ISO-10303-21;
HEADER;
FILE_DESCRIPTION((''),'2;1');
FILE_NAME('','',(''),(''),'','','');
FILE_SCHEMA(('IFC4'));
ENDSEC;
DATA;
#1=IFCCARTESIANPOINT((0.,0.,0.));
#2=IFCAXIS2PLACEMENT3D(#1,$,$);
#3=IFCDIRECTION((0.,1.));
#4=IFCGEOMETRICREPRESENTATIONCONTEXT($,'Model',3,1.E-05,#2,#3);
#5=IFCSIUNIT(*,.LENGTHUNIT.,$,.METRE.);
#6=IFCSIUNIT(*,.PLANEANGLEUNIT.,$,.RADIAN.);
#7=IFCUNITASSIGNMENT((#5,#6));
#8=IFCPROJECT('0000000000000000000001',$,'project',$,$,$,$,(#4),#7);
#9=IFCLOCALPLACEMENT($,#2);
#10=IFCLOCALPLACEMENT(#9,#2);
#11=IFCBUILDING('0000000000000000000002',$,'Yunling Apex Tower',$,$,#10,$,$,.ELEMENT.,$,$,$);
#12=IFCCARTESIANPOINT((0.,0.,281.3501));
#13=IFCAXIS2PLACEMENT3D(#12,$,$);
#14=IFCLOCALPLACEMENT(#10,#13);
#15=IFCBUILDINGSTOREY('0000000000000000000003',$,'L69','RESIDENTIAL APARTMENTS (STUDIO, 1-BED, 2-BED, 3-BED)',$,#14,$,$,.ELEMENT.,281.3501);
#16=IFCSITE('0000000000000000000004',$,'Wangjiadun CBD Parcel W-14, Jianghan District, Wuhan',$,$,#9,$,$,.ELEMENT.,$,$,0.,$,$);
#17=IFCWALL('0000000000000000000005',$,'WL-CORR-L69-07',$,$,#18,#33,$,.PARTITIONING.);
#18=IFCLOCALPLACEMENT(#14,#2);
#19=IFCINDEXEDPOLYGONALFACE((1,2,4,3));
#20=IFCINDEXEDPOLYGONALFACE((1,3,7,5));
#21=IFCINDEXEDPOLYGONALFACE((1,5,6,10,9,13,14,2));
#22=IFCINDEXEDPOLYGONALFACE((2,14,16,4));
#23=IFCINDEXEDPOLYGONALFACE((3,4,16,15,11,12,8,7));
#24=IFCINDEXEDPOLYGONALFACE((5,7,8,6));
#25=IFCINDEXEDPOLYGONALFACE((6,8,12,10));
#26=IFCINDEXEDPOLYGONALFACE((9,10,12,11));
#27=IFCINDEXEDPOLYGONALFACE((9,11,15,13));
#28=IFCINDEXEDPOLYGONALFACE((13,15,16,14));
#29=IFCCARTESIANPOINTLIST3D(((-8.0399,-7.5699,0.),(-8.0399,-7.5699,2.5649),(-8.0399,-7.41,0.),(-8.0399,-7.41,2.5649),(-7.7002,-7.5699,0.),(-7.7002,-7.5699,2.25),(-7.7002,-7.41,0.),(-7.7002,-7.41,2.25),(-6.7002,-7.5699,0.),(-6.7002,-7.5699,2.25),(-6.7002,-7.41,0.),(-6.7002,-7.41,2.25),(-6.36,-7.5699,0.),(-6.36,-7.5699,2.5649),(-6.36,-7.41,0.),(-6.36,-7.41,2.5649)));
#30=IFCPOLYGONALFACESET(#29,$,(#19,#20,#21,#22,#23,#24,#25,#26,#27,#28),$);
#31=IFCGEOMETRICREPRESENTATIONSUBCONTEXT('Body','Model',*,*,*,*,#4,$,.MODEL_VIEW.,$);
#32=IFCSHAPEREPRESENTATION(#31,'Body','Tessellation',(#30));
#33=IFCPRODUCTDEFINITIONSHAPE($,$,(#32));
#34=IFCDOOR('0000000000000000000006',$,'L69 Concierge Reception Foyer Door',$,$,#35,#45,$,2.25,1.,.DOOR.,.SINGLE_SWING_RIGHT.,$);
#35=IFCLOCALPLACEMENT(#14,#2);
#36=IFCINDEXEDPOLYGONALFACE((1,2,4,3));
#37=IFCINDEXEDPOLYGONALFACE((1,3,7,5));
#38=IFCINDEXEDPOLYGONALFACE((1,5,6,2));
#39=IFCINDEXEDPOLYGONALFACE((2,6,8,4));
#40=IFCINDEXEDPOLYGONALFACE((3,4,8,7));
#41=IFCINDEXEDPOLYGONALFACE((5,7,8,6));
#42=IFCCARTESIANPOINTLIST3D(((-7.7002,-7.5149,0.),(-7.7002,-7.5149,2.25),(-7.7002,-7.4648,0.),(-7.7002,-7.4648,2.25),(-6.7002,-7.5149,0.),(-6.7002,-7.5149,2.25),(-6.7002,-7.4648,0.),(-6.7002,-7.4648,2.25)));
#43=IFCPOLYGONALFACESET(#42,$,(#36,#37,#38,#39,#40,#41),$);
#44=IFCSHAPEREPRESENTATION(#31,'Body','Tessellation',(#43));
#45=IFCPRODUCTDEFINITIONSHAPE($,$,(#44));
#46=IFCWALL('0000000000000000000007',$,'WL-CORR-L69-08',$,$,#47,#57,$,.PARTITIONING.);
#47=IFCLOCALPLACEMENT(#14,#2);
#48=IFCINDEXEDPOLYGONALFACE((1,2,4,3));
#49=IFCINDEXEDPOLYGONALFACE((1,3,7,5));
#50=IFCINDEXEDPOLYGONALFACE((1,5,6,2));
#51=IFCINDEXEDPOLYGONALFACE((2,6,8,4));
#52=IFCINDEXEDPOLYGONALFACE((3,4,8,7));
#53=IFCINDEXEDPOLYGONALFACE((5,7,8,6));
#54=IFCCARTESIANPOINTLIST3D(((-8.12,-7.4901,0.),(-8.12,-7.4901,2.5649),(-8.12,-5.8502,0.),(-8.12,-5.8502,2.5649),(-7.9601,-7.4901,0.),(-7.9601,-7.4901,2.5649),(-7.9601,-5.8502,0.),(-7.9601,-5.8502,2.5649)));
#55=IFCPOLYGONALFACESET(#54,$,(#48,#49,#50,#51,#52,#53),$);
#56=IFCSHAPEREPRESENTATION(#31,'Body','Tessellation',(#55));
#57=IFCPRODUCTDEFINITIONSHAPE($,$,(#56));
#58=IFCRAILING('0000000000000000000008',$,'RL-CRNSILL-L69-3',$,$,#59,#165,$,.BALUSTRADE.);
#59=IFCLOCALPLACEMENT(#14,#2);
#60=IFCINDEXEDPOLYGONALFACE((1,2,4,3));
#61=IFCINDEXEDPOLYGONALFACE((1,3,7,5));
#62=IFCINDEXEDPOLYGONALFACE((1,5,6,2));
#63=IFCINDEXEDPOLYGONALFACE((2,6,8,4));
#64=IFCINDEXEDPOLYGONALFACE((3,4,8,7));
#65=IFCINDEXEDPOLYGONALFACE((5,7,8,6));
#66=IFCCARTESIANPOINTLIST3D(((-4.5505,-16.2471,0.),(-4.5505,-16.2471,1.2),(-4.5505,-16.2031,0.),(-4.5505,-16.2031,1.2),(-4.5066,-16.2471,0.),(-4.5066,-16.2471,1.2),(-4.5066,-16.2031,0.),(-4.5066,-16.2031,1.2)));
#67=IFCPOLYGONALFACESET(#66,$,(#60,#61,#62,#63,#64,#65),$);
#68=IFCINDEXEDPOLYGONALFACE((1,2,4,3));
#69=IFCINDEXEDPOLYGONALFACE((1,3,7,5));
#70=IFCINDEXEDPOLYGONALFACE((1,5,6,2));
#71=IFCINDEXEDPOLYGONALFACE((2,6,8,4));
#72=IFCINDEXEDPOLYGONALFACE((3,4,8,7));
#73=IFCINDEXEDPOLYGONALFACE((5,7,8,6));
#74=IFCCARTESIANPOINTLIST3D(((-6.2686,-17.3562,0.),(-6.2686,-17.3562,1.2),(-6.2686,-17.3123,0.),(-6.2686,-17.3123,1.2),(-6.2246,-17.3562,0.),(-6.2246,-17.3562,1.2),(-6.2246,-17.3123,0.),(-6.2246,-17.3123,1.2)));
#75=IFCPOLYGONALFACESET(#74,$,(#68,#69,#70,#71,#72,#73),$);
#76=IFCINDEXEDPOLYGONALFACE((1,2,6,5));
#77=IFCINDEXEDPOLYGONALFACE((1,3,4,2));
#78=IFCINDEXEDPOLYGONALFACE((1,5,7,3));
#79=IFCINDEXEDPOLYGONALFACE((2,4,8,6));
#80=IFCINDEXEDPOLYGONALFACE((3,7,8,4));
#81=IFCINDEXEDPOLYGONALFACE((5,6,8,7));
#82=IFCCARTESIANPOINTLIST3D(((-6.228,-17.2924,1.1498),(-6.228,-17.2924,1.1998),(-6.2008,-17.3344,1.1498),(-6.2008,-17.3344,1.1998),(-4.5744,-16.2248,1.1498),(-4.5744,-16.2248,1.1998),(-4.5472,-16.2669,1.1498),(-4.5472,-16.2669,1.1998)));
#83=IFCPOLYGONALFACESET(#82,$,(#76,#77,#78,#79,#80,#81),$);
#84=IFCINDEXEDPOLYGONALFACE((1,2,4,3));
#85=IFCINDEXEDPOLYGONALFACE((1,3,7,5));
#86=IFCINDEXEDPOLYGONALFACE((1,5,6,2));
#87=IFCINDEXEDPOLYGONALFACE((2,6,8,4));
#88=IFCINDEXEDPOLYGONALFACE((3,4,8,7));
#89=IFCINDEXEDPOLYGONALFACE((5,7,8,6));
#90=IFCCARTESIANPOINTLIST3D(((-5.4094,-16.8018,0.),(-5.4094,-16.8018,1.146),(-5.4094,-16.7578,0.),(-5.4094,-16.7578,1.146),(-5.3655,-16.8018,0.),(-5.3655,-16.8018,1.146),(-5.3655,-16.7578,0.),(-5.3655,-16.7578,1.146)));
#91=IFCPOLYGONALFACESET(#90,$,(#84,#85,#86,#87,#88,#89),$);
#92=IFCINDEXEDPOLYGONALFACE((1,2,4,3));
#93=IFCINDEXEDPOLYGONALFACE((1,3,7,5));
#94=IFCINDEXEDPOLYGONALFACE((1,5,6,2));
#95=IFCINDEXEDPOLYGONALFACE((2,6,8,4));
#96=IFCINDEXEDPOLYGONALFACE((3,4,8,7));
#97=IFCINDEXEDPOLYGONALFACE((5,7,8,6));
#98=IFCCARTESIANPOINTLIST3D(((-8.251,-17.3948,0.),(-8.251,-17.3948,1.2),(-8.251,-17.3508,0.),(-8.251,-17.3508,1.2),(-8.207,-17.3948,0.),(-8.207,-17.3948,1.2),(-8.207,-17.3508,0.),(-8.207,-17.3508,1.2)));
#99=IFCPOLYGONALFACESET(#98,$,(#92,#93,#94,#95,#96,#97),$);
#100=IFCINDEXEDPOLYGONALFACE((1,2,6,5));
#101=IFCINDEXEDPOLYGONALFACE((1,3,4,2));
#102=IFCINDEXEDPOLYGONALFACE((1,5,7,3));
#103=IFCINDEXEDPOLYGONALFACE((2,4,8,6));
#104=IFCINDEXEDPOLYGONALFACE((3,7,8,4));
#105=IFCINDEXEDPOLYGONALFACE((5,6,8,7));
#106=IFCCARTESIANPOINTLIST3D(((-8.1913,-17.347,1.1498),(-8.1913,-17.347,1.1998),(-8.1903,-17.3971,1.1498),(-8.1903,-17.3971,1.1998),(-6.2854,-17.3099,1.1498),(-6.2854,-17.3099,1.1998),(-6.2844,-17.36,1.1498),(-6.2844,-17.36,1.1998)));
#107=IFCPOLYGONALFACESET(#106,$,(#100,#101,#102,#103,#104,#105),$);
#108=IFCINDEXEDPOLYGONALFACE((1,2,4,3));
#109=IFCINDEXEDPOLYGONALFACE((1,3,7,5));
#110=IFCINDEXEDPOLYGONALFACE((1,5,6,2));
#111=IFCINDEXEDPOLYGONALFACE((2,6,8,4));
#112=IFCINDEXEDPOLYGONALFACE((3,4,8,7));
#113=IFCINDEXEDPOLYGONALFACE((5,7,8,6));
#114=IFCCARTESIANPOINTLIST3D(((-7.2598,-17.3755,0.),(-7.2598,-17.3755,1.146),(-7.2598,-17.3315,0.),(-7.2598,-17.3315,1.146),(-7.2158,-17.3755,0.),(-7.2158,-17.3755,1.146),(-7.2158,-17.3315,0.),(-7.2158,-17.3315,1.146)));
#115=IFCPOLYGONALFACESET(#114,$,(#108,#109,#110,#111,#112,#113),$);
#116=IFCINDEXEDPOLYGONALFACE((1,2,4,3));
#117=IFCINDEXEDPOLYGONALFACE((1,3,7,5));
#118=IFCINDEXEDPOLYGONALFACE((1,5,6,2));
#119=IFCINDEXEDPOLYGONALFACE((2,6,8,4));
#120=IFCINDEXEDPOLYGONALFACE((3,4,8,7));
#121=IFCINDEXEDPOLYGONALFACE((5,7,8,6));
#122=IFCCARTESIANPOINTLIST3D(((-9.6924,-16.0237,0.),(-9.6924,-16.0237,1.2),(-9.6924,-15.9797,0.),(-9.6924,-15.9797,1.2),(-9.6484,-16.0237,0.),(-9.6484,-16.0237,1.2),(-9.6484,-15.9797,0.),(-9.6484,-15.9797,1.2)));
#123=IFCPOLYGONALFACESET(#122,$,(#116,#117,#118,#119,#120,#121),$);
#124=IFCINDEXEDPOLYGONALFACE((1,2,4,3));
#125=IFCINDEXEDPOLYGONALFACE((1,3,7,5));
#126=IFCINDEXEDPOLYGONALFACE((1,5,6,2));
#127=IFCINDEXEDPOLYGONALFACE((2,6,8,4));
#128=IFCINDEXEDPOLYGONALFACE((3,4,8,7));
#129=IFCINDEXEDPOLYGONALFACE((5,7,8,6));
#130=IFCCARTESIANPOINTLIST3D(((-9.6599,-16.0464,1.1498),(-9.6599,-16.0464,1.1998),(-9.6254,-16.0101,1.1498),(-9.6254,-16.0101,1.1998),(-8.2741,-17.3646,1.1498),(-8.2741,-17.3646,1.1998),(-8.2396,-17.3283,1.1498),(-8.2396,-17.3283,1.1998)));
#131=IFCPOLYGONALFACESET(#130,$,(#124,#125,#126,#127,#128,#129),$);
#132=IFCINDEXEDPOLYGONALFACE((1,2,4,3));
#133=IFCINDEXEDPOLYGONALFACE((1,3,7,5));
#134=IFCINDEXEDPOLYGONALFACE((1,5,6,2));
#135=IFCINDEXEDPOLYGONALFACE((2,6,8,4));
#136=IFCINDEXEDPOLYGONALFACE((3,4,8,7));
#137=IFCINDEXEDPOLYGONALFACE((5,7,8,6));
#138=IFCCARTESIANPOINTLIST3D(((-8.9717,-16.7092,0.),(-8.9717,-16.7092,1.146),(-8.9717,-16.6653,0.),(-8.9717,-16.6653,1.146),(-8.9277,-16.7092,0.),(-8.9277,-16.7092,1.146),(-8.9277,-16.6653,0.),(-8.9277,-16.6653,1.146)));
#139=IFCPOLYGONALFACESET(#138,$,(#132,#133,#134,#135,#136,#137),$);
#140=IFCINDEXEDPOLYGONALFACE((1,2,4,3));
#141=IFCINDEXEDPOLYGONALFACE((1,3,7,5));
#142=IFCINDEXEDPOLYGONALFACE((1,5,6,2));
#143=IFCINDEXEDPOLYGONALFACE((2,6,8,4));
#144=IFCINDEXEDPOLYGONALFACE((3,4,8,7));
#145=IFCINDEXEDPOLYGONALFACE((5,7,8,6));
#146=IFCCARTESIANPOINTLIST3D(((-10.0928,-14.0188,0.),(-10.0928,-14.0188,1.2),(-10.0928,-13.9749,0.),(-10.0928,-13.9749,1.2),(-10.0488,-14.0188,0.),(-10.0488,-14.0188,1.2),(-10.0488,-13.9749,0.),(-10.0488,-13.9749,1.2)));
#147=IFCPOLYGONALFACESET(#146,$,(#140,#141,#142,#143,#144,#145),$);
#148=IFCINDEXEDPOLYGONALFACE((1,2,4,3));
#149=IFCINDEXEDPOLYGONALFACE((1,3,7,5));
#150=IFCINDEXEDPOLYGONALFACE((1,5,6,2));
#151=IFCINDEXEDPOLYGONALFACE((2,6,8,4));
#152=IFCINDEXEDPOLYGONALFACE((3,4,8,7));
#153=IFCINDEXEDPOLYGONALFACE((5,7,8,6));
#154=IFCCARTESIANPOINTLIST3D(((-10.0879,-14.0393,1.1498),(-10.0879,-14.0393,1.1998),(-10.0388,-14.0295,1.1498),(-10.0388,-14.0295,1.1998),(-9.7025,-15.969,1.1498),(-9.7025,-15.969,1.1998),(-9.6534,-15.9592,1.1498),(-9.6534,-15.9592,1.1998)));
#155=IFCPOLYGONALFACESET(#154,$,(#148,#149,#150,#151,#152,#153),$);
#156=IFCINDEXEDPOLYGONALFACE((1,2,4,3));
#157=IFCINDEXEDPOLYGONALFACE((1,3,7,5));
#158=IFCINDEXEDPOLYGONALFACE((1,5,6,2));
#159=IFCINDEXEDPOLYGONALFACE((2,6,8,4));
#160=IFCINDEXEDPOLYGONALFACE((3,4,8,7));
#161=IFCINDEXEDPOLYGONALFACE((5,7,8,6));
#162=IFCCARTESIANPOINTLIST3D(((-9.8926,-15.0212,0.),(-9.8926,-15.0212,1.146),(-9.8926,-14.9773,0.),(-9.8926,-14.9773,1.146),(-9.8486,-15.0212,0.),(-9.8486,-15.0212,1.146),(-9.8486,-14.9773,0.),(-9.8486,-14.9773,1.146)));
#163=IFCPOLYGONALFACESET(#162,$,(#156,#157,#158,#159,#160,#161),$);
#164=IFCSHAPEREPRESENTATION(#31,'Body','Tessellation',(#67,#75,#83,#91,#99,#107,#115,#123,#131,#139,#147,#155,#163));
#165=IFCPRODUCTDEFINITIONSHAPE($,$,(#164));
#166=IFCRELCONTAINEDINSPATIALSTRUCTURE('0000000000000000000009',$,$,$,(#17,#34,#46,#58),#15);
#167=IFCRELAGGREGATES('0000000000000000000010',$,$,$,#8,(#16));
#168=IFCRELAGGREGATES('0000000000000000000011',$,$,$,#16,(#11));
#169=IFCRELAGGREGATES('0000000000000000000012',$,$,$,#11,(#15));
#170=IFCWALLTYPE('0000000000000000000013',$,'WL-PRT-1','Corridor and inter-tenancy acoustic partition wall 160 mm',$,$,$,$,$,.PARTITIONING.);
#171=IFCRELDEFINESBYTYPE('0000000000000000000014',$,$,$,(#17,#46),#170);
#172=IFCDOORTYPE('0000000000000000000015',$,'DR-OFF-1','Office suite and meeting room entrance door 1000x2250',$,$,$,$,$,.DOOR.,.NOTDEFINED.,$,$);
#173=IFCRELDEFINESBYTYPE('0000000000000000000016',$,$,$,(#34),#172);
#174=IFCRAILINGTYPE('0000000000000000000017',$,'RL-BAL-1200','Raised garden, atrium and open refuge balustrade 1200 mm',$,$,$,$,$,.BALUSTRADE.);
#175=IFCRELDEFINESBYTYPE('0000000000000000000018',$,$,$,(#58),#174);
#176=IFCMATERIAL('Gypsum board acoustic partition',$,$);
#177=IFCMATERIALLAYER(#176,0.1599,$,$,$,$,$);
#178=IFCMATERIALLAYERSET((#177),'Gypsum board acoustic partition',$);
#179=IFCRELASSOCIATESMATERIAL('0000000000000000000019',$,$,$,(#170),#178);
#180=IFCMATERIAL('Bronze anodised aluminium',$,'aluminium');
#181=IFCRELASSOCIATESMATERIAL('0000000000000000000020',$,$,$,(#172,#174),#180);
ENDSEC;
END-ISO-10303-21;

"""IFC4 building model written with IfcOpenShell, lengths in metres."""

from ifc_helpers import new_model, si_unit, direction, frame, frame_2d, origin, origin_2d, place, context, subcontext, project, spatial, rectangle, extrude, material, layer, layer_set, type_object, element, fill, save


model = new_model("IFC4")

# Units and contexts
model_context = context("Model", 3, precision=1e-05, world=origin(), true_north=direction((0.0, 1.0)))
body_context = subcontext(model_context, "Body", "Model", "MODEL_VIEW")
ifc_project = project(units=[si_unit("LENGTHUNIT", "METRE"), si_unit("PLANEANGLEUNIT", "RADIAN")], contexts=[model_context])

# Site, building, storey
site_placement = place(None, origin())
site = spatial("IfcSite", under=ifc_project, at=site_placement, Name="Wangjiadun CBD Parcel W-14, Jianghan District, Wuhan", CompositionType="ELEMENT", RefElevation=0.0)
building_placement = place(site_placement, origin())
building = spatial("IfcBuilding", under=site, at=building_placement, Name="Yunling Apex Tower", CompositionType="ELEMENT")
storey_placement = place(building_placement, frame((0.0, 0.0, 281.3501)))
storey = spatial("IfcBuildingStorey", under=building, at=storey_placement, Name="L69", Description="RESIDENTIAL APARTMENTS (STUDIO, 1-BED, 2-BED, 3-BED)", CompositionType="ELEMENT", Elevation=281.3501)

# Shared definitions
ifc_material_1 = material(Name="Bronze anodised aluminium", Category="aluminium")

# Wall, opening, door
ifc_material_2 = material(Name="Gypsum board acoustic partition")
ifc_layer_1 = layer(ifc_material_2, 0.1599)
ifc_layer_set_1 = layer_set([ifc_layer_1], Name="Gypsum board acoustic partition")
wall_type = type_object("IfcWallType", Name="WL-PRT-1", Description="Corridor and inter-tenancy acoustic partition wall 160 mm", PredefinedType="PARTITIONING", material=ifc_layer_set_1)
wall_1_placement = place(storey_placement, frame((-6.3601, -7.49, 0.0), z_axis=(0.0, 0.0, 1.0), x_axis=(-1.0, 0.0, 0.0)))
wall_1 = element("IfcWall", 1, at=wall_1_placement, inside=storey, type_object=wall_type, Name="WL-CORR-L69-07", PredefinedType="PARTITIONING", context=body_context, shape_type="SweptSolid", body=[
    extrude(rectangle(XDim=1.6799, YDim=0.1599, at=frame_2d((0.8398, 0.0))), origin(), (0.0, 0.0, 1.0), 2.5649),
])
opening_placement = place(wall_1_placement, frame((0.3401, 0.0, 0.0)))
opening = element("IfcOpeningElement", 2, at=opening_placement, cuts=wall_1, PredefinedType="OPENING", context=body_context, shape_type="SweptSolid", body=[
    extrude(rectangle(XDim=1.0, YDim=2.25, at=frame_2d((0.5, 1.125))), frame((0.0, 0.0898, 0.0), z_axis=(0.0, -1.0, 0.0), x_axis=(1.0, 0.0, 0.0)), (0.0, 0.0, 1.0), 0.1799),
])
door_type = type_object("IfcDoorType", Name="DR-OFF-1", Description="Office suite and meeting room entrance door 1000x2250", OperationType="NOTDEFINED", PredefinedType="DOOR", material=ifc_material_1)
door_placement = place(opening_placement, origin())
door = element("IfcDoor", 3, at=door_placement, inside=storey, type_object=door_type, Name="L69 Concierge Reception Foyer Door", OperationType="SINGLE_SWING_RIGHT", OverallHeight=2.25, OverallWidth=1.0, PredefinedType="DOOR", context=body_context, shape_type="SweptSolid", body=[
    extrude(rectangle(XDim=1.0, YDim=2.25, at=frame_2d((0.5, 1.125))), frame((0.0, 0.0249, 0.0), z_axis=(0.0, -1.0, 0.0), x_axis=(1.0, 0.0, 0.0)), (0.0, 0.0, 1.0), 0.05),
])
fill(opening, door)

# Wall
wall_2_placement = place(storey_placement, frame((-8.04, -7.49, 0.0), z_axis=(0.0, 0.0, 1.0), x_axis=(0.0, 1.0, 0.0)))
element("IfcWall", 4, at=wall_2_placement, inside=storey, type_object=wall_type, Name="WL-CORR-L69-08", PredefinedType="PARTITIONING", context=body_context, shape_type="SweptSolid", body=[
    extrude(rectangle(XDim=1.6399, YDim=0.1599, at=frame_2d((0.8198, 0.0))), origin(), (0.0, 0.0, 1.0), 2.5649),
])

# Railing
railing_type = type_object("IfcRailingType", Name="RL-BAL-1200", Description="Raised garden, atrium and open refuge balustrade 1200 mm", PredefinedType="BALUSTRADE", material=ifc_material_1)
railing_placement = place(storey_placement, frame((-4.5286, -16.2251, 0.0)))
element("IfcRailing", 5, at=railing_placement, inside=storey, type_object=railing_type, Name="RL-CRNSILL-L69-3", PredefinedType="BALUSTRADE", context=body_context, shape_type="SweptSolid", body=[
    extrude(rectangle(XDim=0.0439, YDim=0.0439, at=origin_2d()), origin(), (0.0, 0.0, 1.0), 1.2),
    extrude(rectangle(XDim=0.0439, YDim=0.0439, at=origin_2d()), frame((-1.718, -1.1091, 0.0)), (0.0, 0.0, 1.0), 1.2),
    extrude(rectangle(XDim=0.05, YDim=0.05, at=origin_2d()), frame((-0.0322, -0.0208, 1.1748), z_axis=(-0.840133, -0.54238, 0.0), x_axis=(0.54238, -0.840133, 0.0)), (0.0, 0.0, 1.0), 1.9683),
    extrude(rectangle(XDim=0.0439, YDim=0.0439, at=origin_2d()), frame((-0.8589, -0.5547, 0.0)), (0.0, 0.0, 1.0), 1.146),
    extrude(rectangle(XDim=0.0439, YDim=0.0439, at=origin_2d()), frame((-3.7004, -1.1477, 0.0)), (0.0, 0.0, 1.0), 1.2),
    extrude(rectangle(XDim=0.05, YDim=0.05, at=origin_2d()), frame((-1.7563, -1.1099, 1.1748), z_axis=(-0.999811, -0.019454, 0.0), x_axis=(0.019454, -0.999811, 0.0)), (0.0, 0.0, 1.0), 1.9062),
    extrude(rectangle(XDim=0.0439, YDim=0.0439, at=origin_2d()), frame((-2.7092, -1.1284, 0.0)), (0.0, 0.0, 1.0), 1.146),
    extrude(rectangle(XDim=0.0439, YDim=0.0439, at=origin_2d()), frame((-5.1418, 0.2234, 0.0)), (0.0, 0.0, 1.0), 1.2),
    extrude(rectangle(XDim=0.05, YDim=0.05, at=origin_2d()), frame((-3.7283, -1.1213, 1.1748), z_axis=(-0.724558, 0.689214, 0.0), x_axis=(-0.689214, -0.724558, 0.0)), (0.0, 0.0, 1.0), 1.9126),
    extrude(rectangle(XDim=0.0439, YDim=0.0439, at=origin_2d()), frame((-4.4211, -0.4622, 0.0)), (0.0, 0.0, 1.0), 1.146),
    extrude(rectangle(XDim=0.0439, YDim=0.0439, at=origin_2d()), frame((-5.5422, 2.2283, 0.0)), (0.0, 0.0, 1.0), 1.2),
    extrude(rectangle(XDim=0.05, YDim=0.05, at=origin_2d()), frame((-5.1494, 0.261, 1.1748), z_axis=(-0.195841, 0.980636, 0.0), x_axis=(-0.980636, -0.195841, 0.0)), (0.0, 0.0, 1.0), 1.9678),
    extrude(rectangle(XDim=0.0439, YDim=0.0439, at=origin_2d()), frame((-5.342, 1.2258, 0.0)), (0.0, 0.0, 1.0), 1.146),
])

save(model, "model.ifc")
